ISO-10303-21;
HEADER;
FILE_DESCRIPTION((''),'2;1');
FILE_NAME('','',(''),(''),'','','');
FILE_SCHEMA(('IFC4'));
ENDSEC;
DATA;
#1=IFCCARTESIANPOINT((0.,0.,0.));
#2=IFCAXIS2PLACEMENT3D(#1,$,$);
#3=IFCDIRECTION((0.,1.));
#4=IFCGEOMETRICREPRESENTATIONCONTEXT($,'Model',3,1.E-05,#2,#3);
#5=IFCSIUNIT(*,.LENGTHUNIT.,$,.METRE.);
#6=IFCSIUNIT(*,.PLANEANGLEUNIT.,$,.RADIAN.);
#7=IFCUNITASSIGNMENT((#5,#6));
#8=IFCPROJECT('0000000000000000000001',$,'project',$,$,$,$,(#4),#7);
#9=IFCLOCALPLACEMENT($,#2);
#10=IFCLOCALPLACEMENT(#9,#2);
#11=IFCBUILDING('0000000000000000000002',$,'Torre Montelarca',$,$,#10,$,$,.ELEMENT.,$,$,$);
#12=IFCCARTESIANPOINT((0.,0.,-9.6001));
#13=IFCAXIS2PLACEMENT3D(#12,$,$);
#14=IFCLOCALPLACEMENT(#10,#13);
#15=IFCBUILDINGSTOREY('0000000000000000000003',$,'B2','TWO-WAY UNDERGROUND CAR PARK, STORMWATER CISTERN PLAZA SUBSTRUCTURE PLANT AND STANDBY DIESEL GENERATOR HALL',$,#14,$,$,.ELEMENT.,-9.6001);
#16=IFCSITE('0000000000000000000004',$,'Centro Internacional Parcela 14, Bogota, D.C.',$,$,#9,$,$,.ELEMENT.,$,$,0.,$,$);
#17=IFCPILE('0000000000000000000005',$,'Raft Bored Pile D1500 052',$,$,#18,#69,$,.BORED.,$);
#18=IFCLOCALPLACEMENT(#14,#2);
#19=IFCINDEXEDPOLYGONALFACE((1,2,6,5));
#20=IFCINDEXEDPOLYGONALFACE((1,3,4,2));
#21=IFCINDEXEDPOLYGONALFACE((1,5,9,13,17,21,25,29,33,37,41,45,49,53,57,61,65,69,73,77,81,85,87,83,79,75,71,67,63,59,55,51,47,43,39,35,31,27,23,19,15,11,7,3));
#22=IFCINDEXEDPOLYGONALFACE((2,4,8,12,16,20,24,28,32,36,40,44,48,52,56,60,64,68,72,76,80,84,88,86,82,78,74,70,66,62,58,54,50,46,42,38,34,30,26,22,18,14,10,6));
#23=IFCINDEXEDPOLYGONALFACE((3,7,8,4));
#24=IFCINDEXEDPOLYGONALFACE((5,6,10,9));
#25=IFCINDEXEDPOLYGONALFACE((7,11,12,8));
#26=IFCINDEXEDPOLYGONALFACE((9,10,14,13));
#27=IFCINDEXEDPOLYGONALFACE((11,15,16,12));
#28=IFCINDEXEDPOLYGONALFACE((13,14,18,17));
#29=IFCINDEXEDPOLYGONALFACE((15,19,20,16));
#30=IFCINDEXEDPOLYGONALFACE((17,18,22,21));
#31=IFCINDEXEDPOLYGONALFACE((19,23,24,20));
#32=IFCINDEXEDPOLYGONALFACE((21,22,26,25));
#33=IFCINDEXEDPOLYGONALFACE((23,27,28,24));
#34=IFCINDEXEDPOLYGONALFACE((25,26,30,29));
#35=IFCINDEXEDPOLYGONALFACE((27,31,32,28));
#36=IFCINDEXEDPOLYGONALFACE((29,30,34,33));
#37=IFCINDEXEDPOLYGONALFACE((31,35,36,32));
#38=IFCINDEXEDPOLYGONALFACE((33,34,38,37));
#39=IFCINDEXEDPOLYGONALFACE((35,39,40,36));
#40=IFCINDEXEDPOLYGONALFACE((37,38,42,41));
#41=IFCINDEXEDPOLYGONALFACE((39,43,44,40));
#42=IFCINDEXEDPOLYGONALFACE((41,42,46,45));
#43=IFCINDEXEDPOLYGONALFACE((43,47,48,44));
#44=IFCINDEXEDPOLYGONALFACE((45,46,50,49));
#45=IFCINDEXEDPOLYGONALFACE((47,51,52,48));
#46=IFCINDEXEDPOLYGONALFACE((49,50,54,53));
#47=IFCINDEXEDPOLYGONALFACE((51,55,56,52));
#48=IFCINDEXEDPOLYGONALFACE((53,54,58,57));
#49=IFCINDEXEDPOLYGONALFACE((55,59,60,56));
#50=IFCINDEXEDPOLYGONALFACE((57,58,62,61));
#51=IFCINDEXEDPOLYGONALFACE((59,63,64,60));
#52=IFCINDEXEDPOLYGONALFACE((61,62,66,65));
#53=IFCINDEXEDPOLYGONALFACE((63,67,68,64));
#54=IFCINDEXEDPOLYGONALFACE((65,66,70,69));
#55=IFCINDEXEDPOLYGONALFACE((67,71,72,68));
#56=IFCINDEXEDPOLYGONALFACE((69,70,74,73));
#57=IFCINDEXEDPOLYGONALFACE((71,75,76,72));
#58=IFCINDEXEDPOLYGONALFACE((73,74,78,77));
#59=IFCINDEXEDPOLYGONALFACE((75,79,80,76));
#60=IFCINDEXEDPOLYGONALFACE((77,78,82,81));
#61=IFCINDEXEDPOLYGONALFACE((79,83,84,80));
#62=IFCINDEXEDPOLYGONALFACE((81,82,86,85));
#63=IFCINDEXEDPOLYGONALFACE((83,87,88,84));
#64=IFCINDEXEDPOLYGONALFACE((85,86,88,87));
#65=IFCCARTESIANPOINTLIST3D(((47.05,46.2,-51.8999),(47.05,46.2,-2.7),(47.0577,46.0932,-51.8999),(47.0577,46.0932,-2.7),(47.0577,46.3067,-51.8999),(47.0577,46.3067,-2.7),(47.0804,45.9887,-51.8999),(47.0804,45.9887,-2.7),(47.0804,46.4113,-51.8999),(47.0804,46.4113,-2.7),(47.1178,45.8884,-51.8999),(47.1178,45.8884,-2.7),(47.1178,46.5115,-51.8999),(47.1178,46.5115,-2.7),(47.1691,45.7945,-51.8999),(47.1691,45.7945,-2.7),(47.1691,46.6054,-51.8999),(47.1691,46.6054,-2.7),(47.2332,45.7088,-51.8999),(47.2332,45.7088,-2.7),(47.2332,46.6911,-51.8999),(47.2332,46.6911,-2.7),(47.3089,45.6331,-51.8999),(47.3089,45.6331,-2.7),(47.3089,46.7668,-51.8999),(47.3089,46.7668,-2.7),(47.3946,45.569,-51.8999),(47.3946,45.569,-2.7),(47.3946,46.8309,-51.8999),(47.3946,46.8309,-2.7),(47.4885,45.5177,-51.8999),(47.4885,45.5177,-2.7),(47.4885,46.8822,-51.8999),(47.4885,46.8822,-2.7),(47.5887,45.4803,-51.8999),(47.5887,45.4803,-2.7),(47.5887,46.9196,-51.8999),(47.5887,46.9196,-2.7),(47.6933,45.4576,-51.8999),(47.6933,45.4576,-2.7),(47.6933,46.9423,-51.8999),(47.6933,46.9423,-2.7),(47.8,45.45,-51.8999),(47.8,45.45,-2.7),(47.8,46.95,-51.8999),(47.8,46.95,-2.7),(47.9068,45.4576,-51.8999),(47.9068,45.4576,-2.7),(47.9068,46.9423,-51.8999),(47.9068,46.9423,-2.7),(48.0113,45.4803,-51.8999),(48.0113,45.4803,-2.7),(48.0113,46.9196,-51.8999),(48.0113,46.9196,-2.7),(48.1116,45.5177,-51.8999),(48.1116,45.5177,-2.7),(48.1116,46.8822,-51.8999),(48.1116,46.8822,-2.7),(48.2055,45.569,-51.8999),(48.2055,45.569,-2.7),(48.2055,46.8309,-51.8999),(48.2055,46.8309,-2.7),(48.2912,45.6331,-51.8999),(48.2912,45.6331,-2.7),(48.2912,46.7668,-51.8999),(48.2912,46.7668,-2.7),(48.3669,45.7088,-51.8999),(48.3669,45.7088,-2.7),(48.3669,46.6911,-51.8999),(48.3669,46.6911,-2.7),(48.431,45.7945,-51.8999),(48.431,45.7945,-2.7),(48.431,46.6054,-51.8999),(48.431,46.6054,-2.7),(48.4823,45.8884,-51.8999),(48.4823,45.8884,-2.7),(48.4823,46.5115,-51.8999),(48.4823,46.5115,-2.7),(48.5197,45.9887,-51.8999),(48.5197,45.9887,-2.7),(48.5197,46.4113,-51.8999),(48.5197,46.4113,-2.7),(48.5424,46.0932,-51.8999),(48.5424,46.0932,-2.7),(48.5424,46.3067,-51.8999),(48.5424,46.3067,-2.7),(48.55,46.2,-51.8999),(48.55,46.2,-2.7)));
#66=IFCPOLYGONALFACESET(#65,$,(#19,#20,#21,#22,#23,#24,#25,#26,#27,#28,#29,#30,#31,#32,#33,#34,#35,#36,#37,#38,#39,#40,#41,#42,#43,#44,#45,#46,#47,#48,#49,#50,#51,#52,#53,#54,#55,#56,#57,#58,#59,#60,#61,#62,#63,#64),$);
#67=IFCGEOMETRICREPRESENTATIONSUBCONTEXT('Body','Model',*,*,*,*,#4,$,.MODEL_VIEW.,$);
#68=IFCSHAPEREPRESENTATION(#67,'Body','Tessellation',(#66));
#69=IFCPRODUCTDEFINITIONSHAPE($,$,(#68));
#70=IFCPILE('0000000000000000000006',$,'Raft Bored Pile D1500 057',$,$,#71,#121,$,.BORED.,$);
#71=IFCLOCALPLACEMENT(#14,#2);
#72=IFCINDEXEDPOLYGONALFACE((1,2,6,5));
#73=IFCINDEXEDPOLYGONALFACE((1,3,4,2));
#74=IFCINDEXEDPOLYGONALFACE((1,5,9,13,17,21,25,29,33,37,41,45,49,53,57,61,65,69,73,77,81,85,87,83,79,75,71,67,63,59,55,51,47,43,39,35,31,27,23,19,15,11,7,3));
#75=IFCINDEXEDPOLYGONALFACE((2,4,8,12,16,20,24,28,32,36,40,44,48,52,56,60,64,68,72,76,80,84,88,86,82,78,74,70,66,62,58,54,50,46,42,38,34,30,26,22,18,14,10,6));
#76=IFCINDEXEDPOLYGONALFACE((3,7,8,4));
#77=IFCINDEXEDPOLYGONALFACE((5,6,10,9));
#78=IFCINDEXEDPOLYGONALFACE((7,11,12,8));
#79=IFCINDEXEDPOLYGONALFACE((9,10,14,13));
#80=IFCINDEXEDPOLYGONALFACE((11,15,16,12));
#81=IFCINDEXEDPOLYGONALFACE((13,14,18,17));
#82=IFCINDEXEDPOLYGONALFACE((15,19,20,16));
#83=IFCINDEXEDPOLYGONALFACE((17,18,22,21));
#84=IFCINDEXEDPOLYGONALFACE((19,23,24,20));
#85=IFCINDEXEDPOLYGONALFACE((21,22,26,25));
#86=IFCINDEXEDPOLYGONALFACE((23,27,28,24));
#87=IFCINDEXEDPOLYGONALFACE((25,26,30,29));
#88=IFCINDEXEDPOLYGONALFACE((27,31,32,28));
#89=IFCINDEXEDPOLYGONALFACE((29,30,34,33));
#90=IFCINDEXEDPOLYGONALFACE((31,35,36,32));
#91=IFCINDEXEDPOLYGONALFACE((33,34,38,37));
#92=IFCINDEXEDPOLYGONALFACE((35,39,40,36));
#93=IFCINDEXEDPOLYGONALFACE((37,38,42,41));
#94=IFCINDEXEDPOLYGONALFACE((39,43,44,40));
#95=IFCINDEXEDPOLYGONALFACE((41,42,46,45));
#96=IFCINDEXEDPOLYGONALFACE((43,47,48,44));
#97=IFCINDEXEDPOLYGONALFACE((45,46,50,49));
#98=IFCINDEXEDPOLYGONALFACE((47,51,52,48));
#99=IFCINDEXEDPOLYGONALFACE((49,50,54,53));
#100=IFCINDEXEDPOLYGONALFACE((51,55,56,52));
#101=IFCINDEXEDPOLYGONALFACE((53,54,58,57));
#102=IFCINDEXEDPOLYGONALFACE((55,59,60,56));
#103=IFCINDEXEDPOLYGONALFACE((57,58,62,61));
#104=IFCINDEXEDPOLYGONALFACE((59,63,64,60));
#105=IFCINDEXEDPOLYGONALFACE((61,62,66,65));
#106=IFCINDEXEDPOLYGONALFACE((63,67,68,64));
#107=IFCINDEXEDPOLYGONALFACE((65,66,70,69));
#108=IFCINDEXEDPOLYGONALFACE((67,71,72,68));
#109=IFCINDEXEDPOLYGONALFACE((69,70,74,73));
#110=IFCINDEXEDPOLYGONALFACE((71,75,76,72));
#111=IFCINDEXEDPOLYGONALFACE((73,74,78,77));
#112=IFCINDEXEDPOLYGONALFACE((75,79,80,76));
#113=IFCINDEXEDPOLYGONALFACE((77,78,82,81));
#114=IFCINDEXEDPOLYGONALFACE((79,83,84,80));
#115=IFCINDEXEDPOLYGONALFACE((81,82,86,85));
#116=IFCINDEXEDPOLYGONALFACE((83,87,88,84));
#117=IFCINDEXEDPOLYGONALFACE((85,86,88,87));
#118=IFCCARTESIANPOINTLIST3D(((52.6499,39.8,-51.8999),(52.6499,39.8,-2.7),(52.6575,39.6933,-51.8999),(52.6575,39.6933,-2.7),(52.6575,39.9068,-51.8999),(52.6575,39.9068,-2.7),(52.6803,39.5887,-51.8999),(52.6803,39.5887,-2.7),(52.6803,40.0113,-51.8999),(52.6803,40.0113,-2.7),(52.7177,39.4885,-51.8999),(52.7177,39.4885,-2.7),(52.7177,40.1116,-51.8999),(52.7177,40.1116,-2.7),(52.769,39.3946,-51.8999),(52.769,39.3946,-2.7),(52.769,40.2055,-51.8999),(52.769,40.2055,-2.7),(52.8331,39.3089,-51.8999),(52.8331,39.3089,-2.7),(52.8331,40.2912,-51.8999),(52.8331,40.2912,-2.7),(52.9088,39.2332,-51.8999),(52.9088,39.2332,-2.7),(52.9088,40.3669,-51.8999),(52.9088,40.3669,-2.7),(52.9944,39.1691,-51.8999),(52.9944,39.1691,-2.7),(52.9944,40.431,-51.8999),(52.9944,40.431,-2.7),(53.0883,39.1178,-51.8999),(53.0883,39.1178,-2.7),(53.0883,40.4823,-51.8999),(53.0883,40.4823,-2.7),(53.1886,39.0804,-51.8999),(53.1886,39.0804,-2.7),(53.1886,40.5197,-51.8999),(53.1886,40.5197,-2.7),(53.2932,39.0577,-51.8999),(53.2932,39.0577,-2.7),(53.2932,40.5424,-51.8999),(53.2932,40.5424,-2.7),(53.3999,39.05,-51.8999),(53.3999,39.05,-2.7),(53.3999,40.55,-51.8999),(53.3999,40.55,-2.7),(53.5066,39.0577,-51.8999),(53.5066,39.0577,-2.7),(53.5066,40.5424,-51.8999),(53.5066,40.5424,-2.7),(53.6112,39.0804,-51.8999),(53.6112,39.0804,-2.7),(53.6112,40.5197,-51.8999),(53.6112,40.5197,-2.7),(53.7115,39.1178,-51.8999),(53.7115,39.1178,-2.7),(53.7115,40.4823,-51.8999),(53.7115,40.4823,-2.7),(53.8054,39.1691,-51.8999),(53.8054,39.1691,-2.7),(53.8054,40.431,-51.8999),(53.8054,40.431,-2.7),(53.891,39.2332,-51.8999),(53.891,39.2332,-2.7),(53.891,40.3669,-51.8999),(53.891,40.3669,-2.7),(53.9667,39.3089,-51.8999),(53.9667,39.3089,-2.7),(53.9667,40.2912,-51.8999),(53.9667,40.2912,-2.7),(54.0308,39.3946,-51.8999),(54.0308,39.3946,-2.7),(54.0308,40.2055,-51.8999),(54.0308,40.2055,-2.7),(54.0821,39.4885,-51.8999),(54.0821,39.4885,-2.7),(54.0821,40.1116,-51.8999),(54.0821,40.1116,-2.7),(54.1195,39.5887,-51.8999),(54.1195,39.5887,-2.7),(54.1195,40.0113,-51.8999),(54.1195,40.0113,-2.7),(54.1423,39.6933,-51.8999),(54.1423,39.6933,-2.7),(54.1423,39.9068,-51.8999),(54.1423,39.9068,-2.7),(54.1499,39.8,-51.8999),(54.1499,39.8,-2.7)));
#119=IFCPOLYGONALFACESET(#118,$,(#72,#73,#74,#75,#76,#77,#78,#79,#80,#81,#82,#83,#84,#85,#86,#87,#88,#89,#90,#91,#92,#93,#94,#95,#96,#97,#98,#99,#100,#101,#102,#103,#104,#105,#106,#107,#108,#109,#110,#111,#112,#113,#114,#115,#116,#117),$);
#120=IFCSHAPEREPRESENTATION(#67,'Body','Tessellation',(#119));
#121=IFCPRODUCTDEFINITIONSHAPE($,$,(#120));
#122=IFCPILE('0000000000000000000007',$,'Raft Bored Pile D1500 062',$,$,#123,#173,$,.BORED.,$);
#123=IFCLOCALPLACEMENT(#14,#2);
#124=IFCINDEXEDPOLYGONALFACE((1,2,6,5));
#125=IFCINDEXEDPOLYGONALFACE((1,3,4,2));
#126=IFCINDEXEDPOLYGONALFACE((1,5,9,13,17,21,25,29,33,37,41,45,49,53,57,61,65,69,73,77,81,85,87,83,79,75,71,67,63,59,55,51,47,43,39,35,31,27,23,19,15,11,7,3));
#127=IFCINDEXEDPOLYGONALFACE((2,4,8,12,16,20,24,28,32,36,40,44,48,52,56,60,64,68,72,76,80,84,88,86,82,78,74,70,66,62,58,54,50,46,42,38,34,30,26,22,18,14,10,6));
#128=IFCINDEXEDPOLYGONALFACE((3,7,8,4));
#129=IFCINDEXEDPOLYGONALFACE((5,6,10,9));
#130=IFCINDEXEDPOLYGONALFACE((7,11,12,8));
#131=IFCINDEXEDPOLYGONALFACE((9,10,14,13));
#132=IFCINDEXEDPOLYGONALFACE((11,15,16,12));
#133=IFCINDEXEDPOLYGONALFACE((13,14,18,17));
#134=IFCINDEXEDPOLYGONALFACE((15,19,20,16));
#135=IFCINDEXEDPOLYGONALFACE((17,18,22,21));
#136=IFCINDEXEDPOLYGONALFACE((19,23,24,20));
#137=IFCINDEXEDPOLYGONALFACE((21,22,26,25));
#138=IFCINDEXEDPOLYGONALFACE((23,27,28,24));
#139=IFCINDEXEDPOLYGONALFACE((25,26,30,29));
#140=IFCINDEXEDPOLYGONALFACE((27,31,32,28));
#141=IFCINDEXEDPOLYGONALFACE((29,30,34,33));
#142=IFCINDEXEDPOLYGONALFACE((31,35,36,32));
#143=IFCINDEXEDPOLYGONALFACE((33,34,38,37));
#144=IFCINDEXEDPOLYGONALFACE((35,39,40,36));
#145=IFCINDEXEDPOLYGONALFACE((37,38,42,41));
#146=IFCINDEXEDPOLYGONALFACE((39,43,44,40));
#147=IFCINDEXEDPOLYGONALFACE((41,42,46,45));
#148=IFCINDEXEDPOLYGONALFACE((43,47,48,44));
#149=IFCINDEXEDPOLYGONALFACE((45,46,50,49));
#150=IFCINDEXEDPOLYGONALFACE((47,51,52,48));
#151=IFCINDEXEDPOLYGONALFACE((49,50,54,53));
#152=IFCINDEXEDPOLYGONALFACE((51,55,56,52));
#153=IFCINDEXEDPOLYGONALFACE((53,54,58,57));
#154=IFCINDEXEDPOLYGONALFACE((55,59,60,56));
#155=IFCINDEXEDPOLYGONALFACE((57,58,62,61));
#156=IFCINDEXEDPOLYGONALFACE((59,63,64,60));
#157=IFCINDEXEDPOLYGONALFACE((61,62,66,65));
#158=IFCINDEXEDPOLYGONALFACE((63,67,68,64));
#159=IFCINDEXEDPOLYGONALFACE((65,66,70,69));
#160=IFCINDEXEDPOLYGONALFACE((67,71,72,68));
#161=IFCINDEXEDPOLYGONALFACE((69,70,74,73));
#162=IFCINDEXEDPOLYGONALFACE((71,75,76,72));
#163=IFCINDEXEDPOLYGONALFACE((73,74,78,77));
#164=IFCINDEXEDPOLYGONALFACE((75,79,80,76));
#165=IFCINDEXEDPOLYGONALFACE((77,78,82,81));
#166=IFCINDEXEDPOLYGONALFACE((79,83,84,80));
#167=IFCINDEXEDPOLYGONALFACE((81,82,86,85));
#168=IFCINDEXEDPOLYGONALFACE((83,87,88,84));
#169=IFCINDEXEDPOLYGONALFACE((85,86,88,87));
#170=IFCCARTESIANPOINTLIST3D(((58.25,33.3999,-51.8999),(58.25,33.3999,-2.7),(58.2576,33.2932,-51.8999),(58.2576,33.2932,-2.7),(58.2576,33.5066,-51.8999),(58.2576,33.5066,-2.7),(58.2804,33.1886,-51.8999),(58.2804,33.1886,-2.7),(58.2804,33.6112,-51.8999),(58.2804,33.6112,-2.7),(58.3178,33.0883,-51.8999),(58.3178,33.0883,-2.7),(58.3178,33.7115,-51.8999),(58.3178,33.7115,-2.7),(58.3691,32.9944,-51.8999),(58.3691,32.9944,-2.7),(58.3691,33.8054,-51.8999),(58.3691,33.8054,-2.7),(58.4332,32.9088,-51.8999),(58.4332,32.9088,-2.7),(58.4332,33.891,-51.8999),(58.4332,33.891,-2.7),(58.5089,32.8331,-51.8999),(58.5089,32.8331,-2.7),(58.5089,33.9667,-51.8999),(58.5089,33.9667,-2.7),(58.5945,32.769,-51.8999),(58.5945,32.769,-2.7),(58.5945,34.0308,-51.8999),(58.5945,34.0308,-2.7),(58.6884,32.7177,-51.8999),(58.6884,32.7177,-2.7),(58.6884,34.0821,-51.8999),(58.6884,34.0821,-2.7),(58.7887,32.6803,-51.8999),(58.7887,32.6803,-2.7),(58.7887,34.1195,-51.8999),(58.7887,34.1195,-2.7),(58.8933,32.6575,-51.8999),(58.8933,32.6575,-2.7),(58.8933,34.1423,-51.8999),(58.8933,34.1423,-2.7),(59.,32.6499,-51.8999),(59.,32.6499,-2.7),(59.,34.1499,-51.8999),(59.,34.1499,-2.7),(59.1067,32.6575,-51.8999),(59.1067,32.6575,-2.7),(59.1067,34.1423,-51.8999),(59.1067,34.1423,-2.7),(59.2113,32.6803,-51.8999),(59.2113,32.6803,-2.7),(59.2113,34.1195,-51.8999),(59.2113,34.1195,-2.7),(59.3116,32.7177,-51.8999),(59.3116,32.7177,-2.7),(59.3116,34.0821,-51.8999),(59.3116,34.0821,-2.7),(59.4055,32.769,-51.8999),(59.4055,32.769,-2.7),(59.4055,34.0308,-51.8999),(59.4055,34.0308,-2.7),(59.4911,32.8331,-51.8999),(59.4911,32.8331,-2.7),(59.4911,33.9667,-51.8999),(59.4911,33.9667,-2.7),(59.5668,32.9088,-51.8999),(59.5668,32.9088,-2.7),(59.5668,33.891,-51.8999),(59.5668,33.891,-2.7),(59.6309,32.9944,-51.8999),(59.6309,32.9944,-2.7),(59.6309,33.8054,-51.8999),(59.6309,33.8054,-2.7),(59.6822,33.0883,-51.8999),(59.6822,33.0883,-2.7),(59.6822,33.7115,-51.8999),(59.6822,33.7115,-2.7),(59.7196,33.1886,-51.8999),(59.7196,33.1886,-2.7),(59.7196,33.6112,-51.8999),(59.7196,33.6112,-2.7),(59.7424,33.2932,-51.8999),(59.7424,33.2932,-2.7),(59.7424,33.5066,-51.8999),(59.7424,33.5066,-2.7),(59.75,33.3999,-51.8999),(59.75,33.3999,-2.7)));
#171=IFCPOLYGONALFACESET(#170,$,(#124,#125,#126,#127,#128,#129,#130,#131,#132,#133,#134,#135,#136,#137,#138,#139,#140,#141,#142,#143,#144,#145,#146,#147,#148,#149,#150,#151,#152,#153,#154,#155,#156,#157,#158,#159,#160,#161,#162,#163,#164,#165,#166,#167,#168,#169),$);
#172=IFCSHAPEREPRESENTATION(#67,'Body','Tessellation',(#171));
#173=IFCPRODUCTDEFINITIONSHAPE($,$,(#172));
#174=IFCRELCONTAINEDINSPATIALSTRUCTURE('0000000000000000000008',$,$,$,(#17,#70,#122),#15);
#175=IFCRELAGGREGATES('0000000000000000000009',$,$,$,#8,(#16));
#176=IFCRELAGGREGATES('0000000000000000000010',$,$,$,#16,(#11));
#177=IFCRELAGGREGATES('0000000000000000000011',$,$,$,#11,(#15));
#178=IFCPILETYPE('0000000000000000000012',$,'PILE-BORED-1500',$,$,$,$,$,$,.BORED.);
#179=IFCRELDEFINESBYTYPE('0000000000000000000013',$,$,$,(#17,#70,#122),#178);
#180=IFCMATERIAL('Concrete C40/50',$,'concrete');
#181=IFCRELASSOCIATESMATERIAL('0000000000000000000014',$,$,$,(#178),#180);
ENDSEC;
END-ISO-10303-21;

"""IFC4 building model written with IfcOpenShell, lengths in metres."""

from ifc_helpers import new_model, si_unit, direction, frame, origin, origin_2d, place, context, subcontext, project, spatial, circle, extrude, source, transform, mapped, material, material_profile, profile_set, type_object, element, save


model = new_model("IFC4")

# Units and contexts
model_context = context("Model", 3, precision=1e-05, world=origin(), true_north=direction((0.0, 1.0)))
body_context = subcontext(model_context, "Body", "Model", "MODEL_VIEW")
ifc_project = project(units=[si_unit("LENGTHUNIT", "METRE"), si_unit("PLANEANGLEUNIT", "RADIAN")], contexts=[model_context])

# Site, building, storey
site_placement = place(None, origin())
site = spatial("IfcSite", under=ifc_project, at=site_placement, Name="Centro Internacional Parcela 14, Bogota, D.C.", CompositionType="ELEMENT", RefElevation=0.0)
building_placement = place(site_placement, origin())
building = spatial("IfcBuilding", under=site, at=building_placement, Name="Torre Montelarca", CompositionType="ELEMENT")
storey_placement = place(building_placement, frame((0.0, 0.0, -9.6001)))
storey = spatial("IfcBuildingStorey", under=building, at=storey_placement, Name="B2", Description="TWO-WAY UNDERGROUND CAR PARK, STORMWATER CISTERN PLAZA SUBSTRUCTURE PLANT AND STANDBY DIESEL GENERATOR HALL", CompositionType="ELEMENT", Elevation=-9.6001)

# Piles
ifc_material_1 = material(Name="Concrete C40/50", Category="concrete")
ifc_material_profile_1 = material_profile(ifc_material_1, circle(Radius=0.75, at=origin_2d()), Name="PILE-D1500", Category="concrete")
ifc_profile_set_1 = profile_set([ifc_material_profile_1], Name="Concrete C40/50")
pile_type = type_object("IfcPileType", Name="PILE-BORED-1500", PredefinedType="BORED", material=ifc_profile_set_1)
shared_shape_1 = source(origin(), body_context, "Body", "SweptSolid", [
    extrude(circle(Radius=0.75, at=origin_2d()), origin(), (0.0, 0.0, 1.0), 49.2),
])
for number, where, z_axis, x_axis, name in (
    (1, (47.8, 46.2, -2.7), (0.0, 0.0, -1.0), (1.0, 0.0, 0.0), "Raft Bored Pile D1500 052"),
    (2, (53.3999, 39.8, -2.7), (0.0, 0.0, -1.0), (1.0, 0.0, 0.0), "Raft Bored Pile D1500 057"),
    (3, (59.0, 33.3999, -2.7), (0.0, 0.0, -1.0), (1.0, 0.0, 0.0), "Raft Bored Pile D1500 062"),
):
    element("IfcPile", number, at=place(storey_placement, frame(where, z_axis=z_axis, x_axis=x_axis)), inside=storey, type_object=pile_type, Name=name, PredefinedType="BORED", context=body_context, shape_type="MappedRepresentation", body=[
        mapped(shared_shape_1, transform((0.0, 0.0, 0.0), scale=1.0)),
    ])

save(model, "model.ifc")
